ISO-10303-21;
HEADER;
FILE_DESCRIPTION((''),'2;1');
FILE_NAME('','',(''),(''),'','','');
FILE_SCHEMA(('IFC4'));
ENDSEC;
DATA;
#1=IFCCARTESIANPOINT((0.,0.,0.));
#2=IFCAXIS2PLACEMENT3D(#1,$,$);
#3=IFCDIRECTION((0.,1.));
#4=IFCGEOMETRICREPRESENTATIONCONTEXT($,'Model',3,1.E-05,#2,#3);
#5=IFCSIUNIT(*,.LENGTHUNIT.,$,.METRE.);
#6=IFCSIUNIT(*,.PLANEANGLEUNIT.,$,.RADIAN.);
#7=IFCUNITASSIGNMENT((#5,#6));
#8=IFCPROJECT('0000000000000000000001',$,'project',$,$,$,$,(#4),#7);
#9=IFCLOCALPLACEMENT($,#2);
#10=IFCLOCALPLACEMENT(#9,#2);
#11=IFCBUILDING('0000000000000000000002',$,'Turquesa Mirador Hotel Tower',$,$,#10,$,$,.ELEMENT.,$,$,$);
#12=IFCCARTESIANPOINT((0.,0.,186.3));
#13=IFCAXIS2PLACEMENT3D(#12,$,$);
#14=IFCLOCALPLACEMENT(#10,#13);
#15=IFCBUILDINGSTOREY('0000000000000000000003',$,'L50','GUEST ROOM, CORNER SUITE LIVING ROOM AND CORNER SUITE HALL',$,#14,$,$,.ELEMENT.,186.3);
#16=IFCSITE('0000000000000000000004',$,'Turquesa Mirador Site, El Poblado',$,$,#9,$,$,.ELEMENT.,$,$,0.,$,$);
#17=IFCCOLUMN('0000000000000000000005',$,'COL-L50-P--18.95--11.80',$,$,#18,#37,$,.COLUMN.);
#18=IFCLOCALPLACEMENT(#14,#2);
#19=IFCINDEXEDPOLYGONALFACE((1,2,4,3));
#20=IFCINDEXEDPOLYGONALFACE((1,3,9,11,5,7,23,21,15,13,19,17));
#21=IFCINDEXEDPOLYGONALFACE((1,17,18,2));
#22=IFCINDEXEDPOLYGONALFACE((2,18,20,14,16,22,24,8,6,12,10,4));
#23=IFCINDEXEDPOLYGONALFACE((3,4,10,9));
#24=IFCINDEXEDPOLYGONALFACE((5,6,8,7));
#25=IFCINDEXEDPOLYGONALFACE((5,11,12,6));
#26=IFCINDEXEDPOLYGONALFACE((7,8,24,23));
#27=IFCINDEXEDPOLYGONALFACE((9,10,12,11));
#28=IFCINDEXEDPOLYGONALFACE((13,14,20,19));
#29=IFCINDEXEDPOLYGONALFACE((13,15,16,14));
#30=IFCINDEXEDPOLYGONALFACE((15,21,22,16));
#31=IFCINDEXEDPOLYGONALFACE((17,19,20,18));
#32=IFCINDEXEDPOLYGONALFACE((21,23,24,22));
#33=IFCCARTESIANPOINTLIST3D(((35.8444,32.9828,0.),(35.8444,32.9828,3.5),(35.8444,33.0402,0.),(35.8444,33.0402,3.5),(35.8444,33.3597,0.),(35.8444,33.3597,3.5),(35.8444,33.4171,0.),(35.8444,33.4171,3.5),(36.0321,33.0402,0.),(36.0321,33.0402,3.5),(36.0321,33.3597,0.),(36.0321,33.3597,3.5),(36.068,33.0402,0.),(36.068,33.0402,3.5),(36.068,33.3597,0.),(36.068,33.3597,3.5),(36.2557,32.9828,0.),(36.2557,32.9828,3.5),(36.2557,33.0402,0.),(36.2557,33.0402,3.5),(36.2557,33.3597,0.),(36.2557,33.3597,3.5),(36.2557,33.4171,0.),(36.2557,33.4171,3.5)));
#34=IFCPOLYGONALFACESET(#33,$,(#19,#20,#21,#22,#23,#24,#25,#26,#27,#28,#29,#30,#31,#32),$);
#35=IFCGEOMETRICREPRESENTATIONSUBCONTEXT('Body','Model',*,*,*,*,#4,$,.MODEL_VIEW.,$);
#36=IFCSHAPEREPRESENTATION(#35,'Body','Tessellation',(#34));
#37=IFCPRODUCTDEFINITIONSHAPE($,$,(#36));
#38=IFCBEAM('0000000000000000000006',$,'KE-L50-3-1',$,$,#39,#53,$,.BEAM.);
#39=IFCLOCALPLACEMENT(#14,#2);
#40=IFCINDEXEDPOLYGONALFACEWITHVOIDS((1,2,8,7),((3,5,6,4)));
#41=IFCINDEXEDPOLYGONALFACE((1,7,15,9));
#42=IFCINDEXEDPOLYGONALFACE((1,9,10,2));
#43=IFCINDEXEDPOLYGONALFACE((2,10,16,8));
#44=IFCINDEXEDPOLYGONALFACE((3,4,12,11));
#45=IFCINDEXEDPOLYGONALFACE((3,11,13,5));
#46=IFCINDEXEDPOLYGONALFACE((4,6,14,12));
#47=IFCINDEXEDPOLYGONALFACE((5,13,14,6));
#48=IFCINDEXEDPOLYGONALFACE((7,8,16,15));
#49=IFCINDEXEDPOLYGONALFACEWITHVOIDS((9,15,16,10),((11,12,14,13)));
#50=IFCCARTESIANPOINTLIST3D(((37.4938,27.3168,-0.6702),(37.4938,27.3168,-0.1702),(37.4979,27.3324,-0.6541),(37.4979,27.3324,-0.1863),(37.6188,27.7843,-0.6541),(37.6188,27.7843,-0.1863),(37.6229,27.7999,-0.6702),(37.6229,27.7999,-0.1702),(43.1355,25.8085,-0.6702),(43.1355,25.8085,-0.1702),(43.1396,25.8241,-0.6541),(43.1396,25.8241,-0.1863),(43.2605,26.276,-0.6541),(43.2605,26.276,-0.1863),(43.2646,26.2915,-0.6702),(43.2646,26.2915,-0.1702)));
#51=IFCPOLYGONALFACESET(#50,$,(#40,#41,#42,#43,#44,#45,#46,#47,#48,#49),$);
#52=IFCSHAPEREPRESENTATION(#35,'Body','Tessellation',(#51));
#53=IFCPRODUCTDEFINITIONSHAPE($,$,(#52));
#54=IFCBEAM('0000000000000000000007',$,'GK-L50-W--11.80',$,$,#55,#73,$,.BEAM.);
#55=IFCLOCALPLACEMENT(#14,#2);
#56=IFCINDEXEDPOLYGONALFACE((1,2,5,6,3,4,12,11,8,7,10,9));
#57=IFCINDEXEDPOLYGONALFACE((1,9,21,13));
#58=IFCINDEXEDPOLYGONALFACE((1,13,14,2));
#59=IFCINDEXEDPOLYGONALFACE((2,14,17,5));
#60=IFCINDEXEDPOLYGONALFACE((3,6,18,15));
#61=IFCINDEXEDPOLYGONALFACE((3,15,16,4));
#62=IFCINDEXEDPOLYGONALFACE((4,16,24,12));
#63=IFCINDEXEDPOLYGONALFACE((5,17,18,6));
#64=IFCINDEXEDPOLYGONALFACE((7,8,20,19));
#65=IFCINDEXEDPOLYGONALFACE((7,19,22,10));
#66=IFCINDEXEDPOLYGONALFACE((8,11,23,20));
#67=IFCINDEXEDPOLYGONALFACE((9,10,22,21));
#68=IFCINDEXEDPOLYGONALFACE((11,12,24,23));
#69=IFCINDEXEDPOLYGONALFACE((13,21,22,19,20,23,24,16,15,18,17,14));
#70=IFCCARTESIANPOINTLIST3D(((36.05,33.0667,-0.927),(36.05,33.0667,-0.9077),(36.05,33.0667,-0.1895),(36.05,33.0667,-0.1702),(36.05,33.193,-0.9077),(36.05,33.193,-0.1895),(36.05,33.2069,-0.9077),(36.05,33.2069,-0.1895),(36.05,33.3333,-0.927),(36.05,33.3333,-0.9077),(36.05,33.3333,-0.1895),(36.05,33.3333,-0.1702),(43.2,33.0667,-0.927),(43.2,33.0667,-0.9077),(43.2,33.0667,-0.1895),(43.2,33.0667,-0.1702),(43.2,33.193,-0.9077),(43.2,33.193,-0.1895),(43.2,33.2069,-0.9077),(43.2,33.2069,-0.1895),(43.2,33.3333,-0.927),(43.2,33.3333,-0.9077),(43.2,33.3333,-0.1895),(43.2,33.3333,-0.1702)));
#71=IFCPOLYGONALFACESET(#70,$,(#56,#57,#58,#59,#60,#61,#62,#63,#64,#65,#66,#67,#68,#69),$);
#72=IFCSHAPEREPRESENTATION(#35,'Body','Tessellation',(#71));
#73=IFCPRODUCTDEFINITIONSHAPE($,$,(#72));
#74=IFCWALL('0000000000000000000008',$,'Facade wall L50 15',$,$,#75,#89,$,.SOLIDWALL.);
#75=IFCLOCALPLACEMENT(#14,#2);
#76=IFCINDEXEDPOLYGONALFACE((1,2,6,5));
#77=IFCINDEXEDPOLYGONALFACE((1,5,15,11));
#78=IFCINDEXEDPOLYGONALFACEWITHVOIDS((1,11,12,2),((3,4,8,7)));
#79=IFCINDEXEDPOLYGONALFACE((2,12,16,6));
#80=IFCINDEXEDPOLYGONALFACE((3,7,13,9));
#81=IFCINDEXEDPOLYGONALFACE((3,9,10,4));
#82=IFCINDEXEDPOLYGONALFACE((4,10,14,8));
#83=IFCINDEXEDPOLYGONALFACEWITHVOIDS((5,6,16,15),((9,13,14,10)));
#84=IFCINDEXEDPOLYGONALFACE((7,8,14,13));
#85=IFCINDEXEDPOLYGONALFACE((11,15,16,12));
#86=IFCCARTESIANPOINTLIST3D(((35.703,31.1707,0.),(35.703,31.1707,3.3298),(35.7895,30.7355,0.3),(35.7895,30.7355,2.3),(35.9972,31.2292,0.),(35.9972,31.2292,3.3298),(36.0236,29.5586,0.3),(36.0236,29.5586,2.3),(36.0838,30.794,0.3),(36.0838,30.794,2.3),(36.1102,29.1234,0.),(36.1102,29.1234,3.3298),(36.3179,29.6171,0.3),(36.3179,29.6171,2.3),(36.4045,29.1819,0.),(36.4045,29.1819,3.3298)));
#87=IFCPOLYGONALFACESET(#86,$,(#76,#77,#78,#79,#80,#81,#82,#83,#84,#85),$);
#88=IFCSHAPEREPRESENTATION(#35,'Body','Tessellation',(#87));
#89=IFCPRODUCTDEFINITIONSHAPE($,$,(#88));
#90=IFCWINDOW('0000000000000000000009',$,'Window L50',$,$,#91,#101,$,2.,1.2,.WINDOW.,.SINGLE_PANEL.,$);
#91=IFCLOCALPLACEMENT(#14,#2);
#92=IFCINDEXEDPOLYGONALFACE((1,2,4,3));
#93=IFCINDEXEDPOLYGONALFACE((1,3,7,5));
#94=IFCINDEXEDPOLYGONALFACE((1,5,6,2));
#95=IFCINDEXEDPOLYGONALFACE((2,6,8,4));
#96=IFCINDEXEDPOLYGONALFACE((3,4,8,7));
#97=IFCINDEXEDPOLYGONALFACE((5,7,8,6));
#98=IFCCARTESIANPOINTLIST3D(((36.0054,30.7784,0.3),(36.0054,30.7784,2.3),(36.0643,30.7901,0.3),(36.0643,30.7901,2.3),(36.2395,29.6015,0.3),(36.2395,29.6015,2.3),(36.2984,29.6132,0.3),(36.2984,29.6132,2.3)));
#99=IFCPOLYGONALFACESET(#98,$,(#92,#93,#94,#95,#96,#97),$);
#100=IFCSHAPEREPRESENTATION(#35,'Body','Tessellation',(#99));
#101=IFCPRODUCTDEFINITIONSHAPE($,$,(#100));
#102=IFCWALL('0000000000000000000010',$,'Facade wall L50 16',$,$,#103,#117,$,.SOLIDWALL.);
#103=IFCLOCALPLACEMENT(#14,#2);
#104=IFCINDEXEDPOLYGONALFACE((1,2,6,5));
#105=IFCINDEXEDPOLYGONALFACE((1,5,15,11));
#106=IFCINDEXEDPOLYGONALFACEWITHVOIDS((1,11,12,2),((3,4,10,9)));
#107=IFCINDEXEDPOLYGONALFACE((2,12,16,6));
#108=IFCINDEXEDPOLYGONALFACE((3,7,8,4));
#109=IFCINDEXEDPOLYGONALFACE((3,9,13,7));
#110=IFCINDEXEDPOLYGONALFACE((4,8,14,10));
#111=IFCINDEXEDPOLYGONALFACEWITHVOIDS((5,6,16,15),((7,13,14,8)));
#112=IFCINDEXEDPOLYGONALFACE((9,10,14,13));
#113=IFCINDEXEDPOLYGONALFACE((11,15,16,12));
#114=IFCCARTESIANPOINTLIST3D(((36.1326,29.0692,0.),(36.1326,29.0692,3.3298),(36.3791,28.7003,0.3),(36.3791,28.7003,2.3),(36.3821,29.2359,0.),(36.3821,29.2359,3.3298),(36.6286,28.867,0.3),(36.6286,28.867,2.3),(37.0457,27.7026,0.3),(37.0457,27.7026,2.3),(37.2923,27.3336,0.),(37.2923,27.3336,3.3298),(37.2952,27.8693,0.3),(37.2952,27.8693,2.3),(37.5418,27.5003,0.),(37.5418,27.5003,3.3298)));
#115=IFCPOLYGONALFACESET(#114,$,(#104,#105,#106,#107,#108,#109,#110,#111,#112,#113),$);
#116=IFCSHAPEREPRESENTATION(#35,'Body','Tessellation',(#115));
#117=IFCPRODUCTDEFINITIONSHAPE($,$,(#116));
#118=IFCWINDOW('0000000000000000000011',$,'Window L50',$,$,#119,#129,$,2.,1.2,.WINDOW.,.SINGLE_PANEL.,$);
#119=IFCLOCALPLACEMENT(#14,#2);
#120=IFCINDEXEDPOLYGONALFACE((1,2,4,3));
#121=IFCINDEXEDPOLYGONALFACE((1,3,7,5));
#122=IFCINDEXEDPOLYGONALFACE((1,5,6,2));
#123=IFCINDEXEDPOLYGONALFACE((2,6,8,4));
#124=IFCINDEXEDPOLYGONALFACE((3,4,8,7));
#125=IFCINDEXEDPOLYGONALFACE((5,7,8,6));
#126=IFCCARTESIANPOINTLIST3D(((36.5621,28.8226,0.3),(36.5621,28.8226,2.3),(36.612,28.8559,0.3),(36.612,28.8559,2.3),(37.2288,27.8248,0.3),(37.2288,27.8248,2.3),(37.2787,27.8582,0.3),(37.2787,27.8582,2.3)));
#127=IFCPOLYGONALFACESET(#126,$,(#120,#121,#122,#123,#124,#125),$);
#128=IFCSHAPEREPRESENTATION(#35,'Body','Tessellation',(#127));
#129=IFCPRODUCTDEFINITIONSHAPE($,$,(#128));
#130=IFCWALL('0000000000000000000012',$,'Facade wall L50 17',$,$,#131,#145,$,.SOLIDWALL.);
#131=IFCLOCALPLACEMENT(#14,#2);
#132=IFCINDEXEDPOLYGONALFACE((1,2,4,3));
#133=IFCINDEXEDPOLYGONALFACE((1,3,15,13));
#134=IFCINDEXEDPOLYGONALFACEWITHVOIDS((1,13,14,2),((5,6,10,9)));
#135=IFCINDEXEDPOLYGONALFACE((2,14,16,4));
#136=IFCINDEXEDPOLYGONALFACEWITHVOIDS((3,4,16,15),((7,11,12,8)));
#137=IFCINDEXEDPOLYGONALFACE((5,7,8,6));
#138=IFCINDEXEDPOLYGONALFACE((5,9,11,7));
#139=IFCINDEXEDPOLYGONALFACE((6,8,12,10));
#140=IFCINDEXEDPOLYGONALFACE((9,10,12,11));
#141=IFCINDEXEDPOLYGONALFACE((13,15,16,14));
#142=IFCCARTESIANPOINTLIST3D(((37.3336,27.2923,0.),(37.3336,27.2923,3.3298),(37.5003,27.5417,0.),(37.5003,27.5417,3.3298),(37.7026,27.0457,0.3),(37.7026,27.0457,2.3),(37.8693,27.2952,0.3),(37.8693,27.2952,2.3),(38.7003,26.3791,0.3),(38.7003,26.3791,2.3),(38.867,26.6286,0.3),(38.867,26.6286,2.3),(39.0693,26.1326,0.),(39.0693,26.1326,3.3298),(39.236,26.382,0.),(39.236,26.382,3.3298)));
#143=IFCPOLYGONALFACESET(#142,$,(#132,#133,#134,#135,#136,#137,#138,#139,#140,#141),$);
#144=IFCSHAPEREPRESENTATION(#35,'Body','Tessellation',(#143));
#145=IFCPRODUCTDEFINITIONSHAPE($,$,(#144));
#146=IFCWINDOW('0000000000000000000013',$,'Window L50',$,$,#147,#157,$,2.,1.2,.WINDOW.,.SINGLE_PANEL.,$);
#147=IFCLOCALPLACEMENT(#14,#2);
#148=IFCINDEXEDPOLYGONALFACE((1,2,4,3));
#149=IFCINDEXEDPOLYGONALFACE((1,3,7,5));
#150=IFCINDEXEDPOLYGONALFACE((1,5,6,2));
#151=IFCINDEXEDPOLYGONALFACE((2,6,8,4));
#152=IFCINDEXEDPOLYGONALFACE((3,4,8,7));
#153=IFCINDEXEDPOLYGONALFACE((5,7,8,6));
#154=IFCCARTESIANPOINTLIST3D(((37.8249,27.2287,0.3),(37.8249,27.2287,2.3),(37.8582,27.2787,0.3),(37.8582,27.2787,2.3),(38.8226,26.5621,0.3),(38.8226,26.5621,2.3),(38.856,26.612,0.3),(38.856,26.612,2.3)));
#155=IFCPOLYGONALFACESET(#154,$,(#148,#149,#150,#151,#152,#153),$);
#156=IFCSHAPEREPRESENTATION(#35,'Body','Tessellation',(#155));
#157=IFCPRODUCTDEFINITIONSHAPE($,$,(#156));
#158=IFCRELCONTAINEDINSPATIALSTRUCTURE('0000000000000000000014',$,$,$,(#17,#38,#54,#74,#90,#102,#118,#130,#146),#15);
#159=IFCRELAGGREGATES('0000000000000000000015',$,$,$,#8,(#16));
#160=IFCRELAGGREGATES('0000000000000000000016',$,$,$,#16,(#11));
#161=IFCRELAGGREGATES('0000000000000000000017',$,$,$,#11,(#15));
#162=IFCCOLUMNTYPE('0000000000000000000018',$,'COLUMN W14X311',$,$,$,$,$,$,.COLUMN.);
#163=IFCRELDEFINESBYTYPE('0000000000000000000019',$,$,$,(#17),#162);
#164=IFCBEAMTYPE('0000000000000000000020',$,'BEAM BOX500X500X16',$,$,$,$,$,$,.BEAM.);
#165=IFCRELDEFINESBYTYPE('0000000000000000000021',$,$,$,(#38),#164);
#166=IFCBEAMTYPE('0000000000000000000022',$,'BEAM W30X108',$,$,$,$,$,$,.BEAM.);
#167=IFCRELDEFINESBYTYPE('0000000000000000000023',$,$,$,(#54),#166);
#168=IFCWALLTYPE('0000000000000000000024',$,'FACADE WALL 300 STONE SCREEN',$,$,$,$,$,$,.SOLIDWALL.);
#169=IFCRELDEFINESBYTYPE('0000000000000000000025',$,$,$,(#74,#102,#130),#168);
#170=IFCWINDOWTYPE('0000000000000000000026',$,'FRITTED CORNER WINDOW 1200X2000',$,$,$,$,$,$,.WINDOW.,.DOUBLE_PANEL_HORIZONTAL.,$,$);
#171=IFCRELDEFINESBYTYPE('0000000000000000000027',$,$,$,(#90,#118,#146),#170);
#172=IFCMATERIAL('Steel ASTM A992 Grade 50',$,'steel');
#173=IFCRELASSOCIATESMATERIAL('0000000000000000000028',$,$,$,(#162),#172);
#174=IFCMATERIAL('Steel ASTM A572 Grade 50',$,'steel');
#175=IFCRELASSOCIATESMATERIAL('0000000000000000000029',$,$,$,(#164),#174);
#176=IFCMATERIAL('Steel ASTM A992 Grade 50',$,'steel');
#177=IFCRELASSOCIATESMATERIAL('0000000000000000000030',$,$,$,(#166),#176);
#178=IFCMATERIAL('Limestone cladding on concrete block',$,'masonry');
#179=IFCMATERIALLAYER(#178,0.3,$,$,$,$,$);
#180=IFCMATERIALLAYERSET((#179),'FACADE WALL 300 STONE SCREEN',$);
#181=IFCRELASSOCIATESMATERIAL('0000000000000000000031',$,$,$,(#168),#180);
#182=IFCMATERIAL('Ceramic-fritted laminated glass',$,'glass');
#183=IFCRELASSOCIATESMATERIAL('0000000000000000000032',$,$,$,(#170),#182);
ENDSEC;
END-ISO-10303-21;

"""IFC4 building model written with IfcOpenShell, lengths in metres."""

from ifc_helpers import new_model, si_unit, direction, frame, frame_2d, origin, origin_2d, place, context, subcontext, project, spatial, rectangle, hollow_rectangle, i_section, extrude, material, layer, layer_set, material_profile, profile_set, type_object, element, fill, save


model = new_model("IFC4")

# Units and contexts
model_context = context("Model", 3, precision=1e-05, world=origin(), true_north=direction((0.0, 1.0)))
body_context = subcontext(model_context, "Body", "Model", "MODEL_VIEW")
ifc_project = project(units=[si_unit("LENGTHUNIT", "METRE"), si_unit("PLANEANGLEUNIT", "RADIAN")], contexts=[model_context])

# Site, building, storey
site_placement = place(None, origin())
site = spatial("IfcSite", under=ifc_project, at=site_placement, Name="Turquesa Mirador Site, El Poblado", CompositionType="ELEMENT", RefElevation=0.0)
building_placement = place(site_placement, origin())
building = spatial("IfcBuilding", under=site, at=building_placement, Name="Turquesa Mirador Hotel Tower", CompositionType="ELEMENT")
storey_placement = place(building_placement, frame((0.0, 0.0, 186.3)))
storey = spatial("IfcBuildingStorey", under=building, at=storey_placement, Name="L50", Description="GUEST ROOM, CORNER SUITE LIVING ROOM AND CORNER SUITE HALL", CompositionType="ELEMENT", Elevation=186.3)

# Column
ifc_material_1 = material(Name="Steel ASTM A992 Grade 50", Category="steel")
ifc_material_profile_1 = material_profile(ifc_material_1, i_section(OverallWidth=0.4114, OverallDepth=0.4343, WebThickness=0.0359, FlangeThickness=0.0574, at=origin_2d()), Name="W14X311")
ifc_profile_set_1 = profile_set([ifc_material_profile_1], Name="Steel ASTM A992 Grade 50")
column_type = type_object("IfcColumnType", Name="COLUMN W14X311", PredefinedType="COLUMN", material=ifc_profile_set_1)
column_placement = place(storey_placement, frame((36.05, 33.2, 0.0), z_axis=(0.0, 0.0, 1.0), x_axis=(1.0, 0.0, 0.0)))
element("IfcColumn", 1, at=column_placement, inside=storey, type_object=column_type, Name="COL-L50-P--18.95--11.80", PredefinedType="COLUMN", context=body_context, shape_type="SweptSolid", body=[
    extrude(i_section(OverallWidth=0.4114, OverallDepth=0.4343, WebThickness=0.0359, FlangeThickness=0.0574, at=origin_2d()), origin(), (0.0, 0.0, 1.0), 3.5),
])

# Beams
ifc_material_2 = material(Name="Steel ASTM A572 Grade 50", Category="steel")
ifc_material_profile_2 = material_profile(ifc_material_2, hollow_rectangle(XDim=0.5, YDim=0.5, WallThickness=0.0161, at=origin_2d()), Name="BOX500X500X16")
ifc_profile_set_2 = profile_set([ifc_material_profile_2], Name="Steel ASTM A572 Grade 50")
beam_type_1 = type_object("IfcBeamType", Name="BEAM BOX500X500X16", PredefinedType="BEAM", material=ifc_profile_set_2)
beam_1_placement = place(storey_placement, frame((37.5583, 27.5583, -0.4202), z_axis=(0.96607, -0.258282, 0.0), x_axis=(0.258282, 0.96607, 0.0)))
element("IfcBeam", 2, at=beam_1_placement, inside=storey, type_object=beam_type_1, Name="KE-L50-3-1", PredefinedType="BEAM", context=body_context, shape_type="SweptSolid", body=[
    extrude(hollow_rectangle(XDim=0.5, YDim=0.5, WallThickness=0.0161, at=origin_2d()), origin(), (0.0, 0.0, 1.0), 5.8398),
])
ifc_material_3 = material(Name="Steel ASTM A992 Grade 50", Category="steel")
ifc_material_profile_3 = material_profile(ifc_material_3, i_section(OverallWidth=0.2666, OverallDepth=0.7568, WebThickness=0.0139, FlangeThickness=0.0193, at=origin_2d()), Name="W30X108")
ifc_profile_set_3 = profile_set([ifc_material_profile_3], Name="Steel ASTM A992 Grade 50")
beam_type_2 = type_object("IfcBeamType", Name="BEAM W30X108", PredefinedType="BEAM", material=ifc_profile_set_3)
beam_2_placement = place(storey_placement, frame((36.05, 33.2, -0.5486), z_axis=(1.0, 0.0, 0.0), x_axis=(0.0, 1.0, 0.0)))
element("IfcBeam", 3, at=beam_2_placement, inside=storey, type_object=beam_type_2, Name="GK-L50-W--11.80", PredefinedType="BEAM", context=body_context, shape_type="SweptSolid", body=[
    extrude(i_section(OverallWidth=0.2666, OverallDepth=0.7568, WebThickness=0.0139, FlangeThickness=0.0193, at=origin_2d()), origin(), (0.0, 0.0, 1.0), 7.1499),
])

# Walls, openings, windows
ifc_material_4 = material(Name="Limestone cladding on concrete block", Category="masonry")
ifc_layer_1 = layer(ifc_material_4, 0.3)
ifc_layer_set_1 = layer_set([ifc_layer_1], Name="FACADE WALL 300 STONE SCREEN")
wall_type_1 = type_object("IfcWallType", Name="FACADE WALL 300 STONE SCREEN", PredefinedType="SOLIDWALL", material=ifc_layer_set_1)
wall_1_placement = place(storey_placement, frame((35.8501, 31.2, 0.0), z_axis=(0.0, 0.0, 1.0), x_axis=(0.195081, -0.980787, 0.0)))
wall_1 = element("IfcWall", 4, at=wall_1_placement, inside=storey, type_object=wall_type_1, Name="Facade wall L50 15", PredefinedType="SOLIDWALL", context=body_context, shape_type="SweptSolid", body=[
    extrude(rectangle(XDim=2.0874, YDim=0.3, at=frame_2d((1.0437, 0.0))), origin(), (0.0, 0.0, 1.0), 3.3298),
])
opening_1_placement = place(wall_1_placement, frame((0.4436, 0.0, 0.3)))
opening_1 = element("IfcOpeningElement", 5, at=opening_1_placement, cuts=wall_1, PredefinedType="OPENING", context=body_context, shape_type="SweptSolid", body=[
    extrude(rectangle(XDim=1.2, YDim=2.0, at=frame_2d((0.6001, 1.0))), frame((0.0, 0.1599, 0.0), z_axis=(0.0, -1.0, 0.0), x_axis=(1.0, 0.0, 0.0)), (0.0, 0.0, 1.0), 0.3201),
])
ifc_material_5 = material(Name="Ceramic-fritted laminated glass", Category="glass")
window_type_1 = type_object("IfcWindowType", Name="FRITTED CORNER WINDOW 1200X2000", PartitioningType="DOUBLE_PANEL_HORIZONTAL", PredefinedType="WINDOW", material=ifc_material_5)
window_1_placement = place(opening_1_placement, origin())
window_1 = element("IfcWindow", 6, at=window_1_placement, inside=storey, type_object=window_type_1, Name="Window L50", OverallHeight=2.0, OverallWidth=1.2, PartitioningType="SINGLE_PANEL", PredefinedType="WINDOW", context=body_context, shape_type="SweptSolid", body=[
    extrude(rectangle(XDim=1.2, YDim=2.0, at=frame_2d((0.6001, 1.0))), frame((0.0, 0.1301, 0.0), z_axis=(0.0, -1.0, 0.0), x_axis=(1.0, 0.0, 0.0)), (0.0, 0.0, 1.0), 0.0601),
])
fill(opening_1, window_1)
wall_2_placement = place(storey_placement, frame((36.2573, 29.1526, 0.0), z_axis=(0.0, 0.0, 1.0), x_axis=(0.555564, -0.831474, 0.0)))
wall_2 = element("IfcWall", 7, at=wall_2_placement, inside=storey, type_object=wall_type_1, Name="Facade wall L50 16", PredefinedType="SOLIDWALL", context=body_context, shape_type="SweptSolid", body=[
    extrude(rectangle(XDim=2.0874, YDim=0.3, at=frame_2d((1.0437, 0.0))), origin(), (0.0, 0.0, 1.0), 3.3298),
])
opening_2_placement = place(wall_2_placement, frame((0.4436, 0.0, 0.3)))
opening_2 = element("IfcOpeningElement", 8, at=opening_2_placement, cuts=wall_2, PredefinedType="OPENING", context=body_context, shape_type="SweptSolid", body=[
    extrude(rectangle(XDim=1.2, YDim=2.0, at=frame_2d((0.6001, 1.0))), frame((0.0, 0.1599, 0.0), z_axis=(0.0, -1.0, 0.0), x_axis=(1.0, 0.0, 0.0)), (0.0, 0.0, 1.0), 0.3201),
])
window_2_placement = place(opening_2_placement, origin())
window_2 = element("IfcWindow", 9, at=window_2_placement, inside=storey, type_object=window_type_1, Name="Window L50", OverallHeight=2.0, OverallWidth=1.2, PartitioningType="SINGLE_PANEL", PredefinedType="WINDOW", context=body_context, shape_type="SweptSolid", body=[
    extrude(rectangle(XDim=1.2, YDim=2.0, at=frame_2d((0.6001, 1.0))), frame((0.0, 0.1301, 0.0), z_axis=(0.0, -1.0, 0.0), x_axis=(1.0, 0.0, 0.0)), (0.0, 0.0, 1.0), 0.0601),
])
fill(opening_2, window_2)
wall_3_placement = place(storey_placement, frame((37.417, 27.417, 0.0), z_axis=(0.0, 0.0, 1.0), x_axis=(0.831474, -0.555564, 0.0)))
wall_3 = element("IfcWall", 10, at=wall_3_placement, inside=storey, type_object=wall_type_1, Name="Facade wall L50 17", PredefinedType="SOLIDWALL", context=body_context, shape_type="SweptSolid", body=[
    extrude(rectangle(XDim=2.0874, YDim=0.3, at=frame_2d((1.0437, 0.0))), origin(), (0.0, 0.0, 1.0), 3.3298),
])
opening_3_placement = place(wall_3_placement, frame((0.4436, 0.0, 0.3)))
opening_3 = element("IfcOpeningElement", 11, at=opening_3_placement, cuts=wall_3, PredefinedType="OPENING", context=body_context, shape_type="SweptSolid", body=[
    extrude(rectangle(XDim=1.2, YDim=2.0, at=frame_2d((0.6001, 1.0))), frame((0.0, 0.1599, 0.0), z_axis=(0.0, -1.0, 0.0), x_axis=(1.0, 0.0, 0.0)), (0.0, 0.0, 1.0), 0.3201),
])
window_3_placement = place(opening_3_placement, origin())
window_3 = element("IfcWindow", 12, at=window_3_placement, inside=storey, type_object=window_type_1, Name="Window L50", OverallHeight=2.0, OverallWidth=1.2, PartitioningType="SINGLE_PANEL", PredefinedType="WINDOW", context=body_context, shape_type="SweptSolid", body=[
    extrude(rectangle(XDim=1.2, YDim=2.0, at=frame_2d((0.6001, 1.0))), frame((0.0, 0.1301, 0.0), z_axis=(0.0, -1.0, 0.0), x_axis=(1.0, 0.0, 0.0)), (0.0, 0.0, 1.0), 0.0601),
])
fill(opening_3, window_3)

save(model, "model.ifc")
